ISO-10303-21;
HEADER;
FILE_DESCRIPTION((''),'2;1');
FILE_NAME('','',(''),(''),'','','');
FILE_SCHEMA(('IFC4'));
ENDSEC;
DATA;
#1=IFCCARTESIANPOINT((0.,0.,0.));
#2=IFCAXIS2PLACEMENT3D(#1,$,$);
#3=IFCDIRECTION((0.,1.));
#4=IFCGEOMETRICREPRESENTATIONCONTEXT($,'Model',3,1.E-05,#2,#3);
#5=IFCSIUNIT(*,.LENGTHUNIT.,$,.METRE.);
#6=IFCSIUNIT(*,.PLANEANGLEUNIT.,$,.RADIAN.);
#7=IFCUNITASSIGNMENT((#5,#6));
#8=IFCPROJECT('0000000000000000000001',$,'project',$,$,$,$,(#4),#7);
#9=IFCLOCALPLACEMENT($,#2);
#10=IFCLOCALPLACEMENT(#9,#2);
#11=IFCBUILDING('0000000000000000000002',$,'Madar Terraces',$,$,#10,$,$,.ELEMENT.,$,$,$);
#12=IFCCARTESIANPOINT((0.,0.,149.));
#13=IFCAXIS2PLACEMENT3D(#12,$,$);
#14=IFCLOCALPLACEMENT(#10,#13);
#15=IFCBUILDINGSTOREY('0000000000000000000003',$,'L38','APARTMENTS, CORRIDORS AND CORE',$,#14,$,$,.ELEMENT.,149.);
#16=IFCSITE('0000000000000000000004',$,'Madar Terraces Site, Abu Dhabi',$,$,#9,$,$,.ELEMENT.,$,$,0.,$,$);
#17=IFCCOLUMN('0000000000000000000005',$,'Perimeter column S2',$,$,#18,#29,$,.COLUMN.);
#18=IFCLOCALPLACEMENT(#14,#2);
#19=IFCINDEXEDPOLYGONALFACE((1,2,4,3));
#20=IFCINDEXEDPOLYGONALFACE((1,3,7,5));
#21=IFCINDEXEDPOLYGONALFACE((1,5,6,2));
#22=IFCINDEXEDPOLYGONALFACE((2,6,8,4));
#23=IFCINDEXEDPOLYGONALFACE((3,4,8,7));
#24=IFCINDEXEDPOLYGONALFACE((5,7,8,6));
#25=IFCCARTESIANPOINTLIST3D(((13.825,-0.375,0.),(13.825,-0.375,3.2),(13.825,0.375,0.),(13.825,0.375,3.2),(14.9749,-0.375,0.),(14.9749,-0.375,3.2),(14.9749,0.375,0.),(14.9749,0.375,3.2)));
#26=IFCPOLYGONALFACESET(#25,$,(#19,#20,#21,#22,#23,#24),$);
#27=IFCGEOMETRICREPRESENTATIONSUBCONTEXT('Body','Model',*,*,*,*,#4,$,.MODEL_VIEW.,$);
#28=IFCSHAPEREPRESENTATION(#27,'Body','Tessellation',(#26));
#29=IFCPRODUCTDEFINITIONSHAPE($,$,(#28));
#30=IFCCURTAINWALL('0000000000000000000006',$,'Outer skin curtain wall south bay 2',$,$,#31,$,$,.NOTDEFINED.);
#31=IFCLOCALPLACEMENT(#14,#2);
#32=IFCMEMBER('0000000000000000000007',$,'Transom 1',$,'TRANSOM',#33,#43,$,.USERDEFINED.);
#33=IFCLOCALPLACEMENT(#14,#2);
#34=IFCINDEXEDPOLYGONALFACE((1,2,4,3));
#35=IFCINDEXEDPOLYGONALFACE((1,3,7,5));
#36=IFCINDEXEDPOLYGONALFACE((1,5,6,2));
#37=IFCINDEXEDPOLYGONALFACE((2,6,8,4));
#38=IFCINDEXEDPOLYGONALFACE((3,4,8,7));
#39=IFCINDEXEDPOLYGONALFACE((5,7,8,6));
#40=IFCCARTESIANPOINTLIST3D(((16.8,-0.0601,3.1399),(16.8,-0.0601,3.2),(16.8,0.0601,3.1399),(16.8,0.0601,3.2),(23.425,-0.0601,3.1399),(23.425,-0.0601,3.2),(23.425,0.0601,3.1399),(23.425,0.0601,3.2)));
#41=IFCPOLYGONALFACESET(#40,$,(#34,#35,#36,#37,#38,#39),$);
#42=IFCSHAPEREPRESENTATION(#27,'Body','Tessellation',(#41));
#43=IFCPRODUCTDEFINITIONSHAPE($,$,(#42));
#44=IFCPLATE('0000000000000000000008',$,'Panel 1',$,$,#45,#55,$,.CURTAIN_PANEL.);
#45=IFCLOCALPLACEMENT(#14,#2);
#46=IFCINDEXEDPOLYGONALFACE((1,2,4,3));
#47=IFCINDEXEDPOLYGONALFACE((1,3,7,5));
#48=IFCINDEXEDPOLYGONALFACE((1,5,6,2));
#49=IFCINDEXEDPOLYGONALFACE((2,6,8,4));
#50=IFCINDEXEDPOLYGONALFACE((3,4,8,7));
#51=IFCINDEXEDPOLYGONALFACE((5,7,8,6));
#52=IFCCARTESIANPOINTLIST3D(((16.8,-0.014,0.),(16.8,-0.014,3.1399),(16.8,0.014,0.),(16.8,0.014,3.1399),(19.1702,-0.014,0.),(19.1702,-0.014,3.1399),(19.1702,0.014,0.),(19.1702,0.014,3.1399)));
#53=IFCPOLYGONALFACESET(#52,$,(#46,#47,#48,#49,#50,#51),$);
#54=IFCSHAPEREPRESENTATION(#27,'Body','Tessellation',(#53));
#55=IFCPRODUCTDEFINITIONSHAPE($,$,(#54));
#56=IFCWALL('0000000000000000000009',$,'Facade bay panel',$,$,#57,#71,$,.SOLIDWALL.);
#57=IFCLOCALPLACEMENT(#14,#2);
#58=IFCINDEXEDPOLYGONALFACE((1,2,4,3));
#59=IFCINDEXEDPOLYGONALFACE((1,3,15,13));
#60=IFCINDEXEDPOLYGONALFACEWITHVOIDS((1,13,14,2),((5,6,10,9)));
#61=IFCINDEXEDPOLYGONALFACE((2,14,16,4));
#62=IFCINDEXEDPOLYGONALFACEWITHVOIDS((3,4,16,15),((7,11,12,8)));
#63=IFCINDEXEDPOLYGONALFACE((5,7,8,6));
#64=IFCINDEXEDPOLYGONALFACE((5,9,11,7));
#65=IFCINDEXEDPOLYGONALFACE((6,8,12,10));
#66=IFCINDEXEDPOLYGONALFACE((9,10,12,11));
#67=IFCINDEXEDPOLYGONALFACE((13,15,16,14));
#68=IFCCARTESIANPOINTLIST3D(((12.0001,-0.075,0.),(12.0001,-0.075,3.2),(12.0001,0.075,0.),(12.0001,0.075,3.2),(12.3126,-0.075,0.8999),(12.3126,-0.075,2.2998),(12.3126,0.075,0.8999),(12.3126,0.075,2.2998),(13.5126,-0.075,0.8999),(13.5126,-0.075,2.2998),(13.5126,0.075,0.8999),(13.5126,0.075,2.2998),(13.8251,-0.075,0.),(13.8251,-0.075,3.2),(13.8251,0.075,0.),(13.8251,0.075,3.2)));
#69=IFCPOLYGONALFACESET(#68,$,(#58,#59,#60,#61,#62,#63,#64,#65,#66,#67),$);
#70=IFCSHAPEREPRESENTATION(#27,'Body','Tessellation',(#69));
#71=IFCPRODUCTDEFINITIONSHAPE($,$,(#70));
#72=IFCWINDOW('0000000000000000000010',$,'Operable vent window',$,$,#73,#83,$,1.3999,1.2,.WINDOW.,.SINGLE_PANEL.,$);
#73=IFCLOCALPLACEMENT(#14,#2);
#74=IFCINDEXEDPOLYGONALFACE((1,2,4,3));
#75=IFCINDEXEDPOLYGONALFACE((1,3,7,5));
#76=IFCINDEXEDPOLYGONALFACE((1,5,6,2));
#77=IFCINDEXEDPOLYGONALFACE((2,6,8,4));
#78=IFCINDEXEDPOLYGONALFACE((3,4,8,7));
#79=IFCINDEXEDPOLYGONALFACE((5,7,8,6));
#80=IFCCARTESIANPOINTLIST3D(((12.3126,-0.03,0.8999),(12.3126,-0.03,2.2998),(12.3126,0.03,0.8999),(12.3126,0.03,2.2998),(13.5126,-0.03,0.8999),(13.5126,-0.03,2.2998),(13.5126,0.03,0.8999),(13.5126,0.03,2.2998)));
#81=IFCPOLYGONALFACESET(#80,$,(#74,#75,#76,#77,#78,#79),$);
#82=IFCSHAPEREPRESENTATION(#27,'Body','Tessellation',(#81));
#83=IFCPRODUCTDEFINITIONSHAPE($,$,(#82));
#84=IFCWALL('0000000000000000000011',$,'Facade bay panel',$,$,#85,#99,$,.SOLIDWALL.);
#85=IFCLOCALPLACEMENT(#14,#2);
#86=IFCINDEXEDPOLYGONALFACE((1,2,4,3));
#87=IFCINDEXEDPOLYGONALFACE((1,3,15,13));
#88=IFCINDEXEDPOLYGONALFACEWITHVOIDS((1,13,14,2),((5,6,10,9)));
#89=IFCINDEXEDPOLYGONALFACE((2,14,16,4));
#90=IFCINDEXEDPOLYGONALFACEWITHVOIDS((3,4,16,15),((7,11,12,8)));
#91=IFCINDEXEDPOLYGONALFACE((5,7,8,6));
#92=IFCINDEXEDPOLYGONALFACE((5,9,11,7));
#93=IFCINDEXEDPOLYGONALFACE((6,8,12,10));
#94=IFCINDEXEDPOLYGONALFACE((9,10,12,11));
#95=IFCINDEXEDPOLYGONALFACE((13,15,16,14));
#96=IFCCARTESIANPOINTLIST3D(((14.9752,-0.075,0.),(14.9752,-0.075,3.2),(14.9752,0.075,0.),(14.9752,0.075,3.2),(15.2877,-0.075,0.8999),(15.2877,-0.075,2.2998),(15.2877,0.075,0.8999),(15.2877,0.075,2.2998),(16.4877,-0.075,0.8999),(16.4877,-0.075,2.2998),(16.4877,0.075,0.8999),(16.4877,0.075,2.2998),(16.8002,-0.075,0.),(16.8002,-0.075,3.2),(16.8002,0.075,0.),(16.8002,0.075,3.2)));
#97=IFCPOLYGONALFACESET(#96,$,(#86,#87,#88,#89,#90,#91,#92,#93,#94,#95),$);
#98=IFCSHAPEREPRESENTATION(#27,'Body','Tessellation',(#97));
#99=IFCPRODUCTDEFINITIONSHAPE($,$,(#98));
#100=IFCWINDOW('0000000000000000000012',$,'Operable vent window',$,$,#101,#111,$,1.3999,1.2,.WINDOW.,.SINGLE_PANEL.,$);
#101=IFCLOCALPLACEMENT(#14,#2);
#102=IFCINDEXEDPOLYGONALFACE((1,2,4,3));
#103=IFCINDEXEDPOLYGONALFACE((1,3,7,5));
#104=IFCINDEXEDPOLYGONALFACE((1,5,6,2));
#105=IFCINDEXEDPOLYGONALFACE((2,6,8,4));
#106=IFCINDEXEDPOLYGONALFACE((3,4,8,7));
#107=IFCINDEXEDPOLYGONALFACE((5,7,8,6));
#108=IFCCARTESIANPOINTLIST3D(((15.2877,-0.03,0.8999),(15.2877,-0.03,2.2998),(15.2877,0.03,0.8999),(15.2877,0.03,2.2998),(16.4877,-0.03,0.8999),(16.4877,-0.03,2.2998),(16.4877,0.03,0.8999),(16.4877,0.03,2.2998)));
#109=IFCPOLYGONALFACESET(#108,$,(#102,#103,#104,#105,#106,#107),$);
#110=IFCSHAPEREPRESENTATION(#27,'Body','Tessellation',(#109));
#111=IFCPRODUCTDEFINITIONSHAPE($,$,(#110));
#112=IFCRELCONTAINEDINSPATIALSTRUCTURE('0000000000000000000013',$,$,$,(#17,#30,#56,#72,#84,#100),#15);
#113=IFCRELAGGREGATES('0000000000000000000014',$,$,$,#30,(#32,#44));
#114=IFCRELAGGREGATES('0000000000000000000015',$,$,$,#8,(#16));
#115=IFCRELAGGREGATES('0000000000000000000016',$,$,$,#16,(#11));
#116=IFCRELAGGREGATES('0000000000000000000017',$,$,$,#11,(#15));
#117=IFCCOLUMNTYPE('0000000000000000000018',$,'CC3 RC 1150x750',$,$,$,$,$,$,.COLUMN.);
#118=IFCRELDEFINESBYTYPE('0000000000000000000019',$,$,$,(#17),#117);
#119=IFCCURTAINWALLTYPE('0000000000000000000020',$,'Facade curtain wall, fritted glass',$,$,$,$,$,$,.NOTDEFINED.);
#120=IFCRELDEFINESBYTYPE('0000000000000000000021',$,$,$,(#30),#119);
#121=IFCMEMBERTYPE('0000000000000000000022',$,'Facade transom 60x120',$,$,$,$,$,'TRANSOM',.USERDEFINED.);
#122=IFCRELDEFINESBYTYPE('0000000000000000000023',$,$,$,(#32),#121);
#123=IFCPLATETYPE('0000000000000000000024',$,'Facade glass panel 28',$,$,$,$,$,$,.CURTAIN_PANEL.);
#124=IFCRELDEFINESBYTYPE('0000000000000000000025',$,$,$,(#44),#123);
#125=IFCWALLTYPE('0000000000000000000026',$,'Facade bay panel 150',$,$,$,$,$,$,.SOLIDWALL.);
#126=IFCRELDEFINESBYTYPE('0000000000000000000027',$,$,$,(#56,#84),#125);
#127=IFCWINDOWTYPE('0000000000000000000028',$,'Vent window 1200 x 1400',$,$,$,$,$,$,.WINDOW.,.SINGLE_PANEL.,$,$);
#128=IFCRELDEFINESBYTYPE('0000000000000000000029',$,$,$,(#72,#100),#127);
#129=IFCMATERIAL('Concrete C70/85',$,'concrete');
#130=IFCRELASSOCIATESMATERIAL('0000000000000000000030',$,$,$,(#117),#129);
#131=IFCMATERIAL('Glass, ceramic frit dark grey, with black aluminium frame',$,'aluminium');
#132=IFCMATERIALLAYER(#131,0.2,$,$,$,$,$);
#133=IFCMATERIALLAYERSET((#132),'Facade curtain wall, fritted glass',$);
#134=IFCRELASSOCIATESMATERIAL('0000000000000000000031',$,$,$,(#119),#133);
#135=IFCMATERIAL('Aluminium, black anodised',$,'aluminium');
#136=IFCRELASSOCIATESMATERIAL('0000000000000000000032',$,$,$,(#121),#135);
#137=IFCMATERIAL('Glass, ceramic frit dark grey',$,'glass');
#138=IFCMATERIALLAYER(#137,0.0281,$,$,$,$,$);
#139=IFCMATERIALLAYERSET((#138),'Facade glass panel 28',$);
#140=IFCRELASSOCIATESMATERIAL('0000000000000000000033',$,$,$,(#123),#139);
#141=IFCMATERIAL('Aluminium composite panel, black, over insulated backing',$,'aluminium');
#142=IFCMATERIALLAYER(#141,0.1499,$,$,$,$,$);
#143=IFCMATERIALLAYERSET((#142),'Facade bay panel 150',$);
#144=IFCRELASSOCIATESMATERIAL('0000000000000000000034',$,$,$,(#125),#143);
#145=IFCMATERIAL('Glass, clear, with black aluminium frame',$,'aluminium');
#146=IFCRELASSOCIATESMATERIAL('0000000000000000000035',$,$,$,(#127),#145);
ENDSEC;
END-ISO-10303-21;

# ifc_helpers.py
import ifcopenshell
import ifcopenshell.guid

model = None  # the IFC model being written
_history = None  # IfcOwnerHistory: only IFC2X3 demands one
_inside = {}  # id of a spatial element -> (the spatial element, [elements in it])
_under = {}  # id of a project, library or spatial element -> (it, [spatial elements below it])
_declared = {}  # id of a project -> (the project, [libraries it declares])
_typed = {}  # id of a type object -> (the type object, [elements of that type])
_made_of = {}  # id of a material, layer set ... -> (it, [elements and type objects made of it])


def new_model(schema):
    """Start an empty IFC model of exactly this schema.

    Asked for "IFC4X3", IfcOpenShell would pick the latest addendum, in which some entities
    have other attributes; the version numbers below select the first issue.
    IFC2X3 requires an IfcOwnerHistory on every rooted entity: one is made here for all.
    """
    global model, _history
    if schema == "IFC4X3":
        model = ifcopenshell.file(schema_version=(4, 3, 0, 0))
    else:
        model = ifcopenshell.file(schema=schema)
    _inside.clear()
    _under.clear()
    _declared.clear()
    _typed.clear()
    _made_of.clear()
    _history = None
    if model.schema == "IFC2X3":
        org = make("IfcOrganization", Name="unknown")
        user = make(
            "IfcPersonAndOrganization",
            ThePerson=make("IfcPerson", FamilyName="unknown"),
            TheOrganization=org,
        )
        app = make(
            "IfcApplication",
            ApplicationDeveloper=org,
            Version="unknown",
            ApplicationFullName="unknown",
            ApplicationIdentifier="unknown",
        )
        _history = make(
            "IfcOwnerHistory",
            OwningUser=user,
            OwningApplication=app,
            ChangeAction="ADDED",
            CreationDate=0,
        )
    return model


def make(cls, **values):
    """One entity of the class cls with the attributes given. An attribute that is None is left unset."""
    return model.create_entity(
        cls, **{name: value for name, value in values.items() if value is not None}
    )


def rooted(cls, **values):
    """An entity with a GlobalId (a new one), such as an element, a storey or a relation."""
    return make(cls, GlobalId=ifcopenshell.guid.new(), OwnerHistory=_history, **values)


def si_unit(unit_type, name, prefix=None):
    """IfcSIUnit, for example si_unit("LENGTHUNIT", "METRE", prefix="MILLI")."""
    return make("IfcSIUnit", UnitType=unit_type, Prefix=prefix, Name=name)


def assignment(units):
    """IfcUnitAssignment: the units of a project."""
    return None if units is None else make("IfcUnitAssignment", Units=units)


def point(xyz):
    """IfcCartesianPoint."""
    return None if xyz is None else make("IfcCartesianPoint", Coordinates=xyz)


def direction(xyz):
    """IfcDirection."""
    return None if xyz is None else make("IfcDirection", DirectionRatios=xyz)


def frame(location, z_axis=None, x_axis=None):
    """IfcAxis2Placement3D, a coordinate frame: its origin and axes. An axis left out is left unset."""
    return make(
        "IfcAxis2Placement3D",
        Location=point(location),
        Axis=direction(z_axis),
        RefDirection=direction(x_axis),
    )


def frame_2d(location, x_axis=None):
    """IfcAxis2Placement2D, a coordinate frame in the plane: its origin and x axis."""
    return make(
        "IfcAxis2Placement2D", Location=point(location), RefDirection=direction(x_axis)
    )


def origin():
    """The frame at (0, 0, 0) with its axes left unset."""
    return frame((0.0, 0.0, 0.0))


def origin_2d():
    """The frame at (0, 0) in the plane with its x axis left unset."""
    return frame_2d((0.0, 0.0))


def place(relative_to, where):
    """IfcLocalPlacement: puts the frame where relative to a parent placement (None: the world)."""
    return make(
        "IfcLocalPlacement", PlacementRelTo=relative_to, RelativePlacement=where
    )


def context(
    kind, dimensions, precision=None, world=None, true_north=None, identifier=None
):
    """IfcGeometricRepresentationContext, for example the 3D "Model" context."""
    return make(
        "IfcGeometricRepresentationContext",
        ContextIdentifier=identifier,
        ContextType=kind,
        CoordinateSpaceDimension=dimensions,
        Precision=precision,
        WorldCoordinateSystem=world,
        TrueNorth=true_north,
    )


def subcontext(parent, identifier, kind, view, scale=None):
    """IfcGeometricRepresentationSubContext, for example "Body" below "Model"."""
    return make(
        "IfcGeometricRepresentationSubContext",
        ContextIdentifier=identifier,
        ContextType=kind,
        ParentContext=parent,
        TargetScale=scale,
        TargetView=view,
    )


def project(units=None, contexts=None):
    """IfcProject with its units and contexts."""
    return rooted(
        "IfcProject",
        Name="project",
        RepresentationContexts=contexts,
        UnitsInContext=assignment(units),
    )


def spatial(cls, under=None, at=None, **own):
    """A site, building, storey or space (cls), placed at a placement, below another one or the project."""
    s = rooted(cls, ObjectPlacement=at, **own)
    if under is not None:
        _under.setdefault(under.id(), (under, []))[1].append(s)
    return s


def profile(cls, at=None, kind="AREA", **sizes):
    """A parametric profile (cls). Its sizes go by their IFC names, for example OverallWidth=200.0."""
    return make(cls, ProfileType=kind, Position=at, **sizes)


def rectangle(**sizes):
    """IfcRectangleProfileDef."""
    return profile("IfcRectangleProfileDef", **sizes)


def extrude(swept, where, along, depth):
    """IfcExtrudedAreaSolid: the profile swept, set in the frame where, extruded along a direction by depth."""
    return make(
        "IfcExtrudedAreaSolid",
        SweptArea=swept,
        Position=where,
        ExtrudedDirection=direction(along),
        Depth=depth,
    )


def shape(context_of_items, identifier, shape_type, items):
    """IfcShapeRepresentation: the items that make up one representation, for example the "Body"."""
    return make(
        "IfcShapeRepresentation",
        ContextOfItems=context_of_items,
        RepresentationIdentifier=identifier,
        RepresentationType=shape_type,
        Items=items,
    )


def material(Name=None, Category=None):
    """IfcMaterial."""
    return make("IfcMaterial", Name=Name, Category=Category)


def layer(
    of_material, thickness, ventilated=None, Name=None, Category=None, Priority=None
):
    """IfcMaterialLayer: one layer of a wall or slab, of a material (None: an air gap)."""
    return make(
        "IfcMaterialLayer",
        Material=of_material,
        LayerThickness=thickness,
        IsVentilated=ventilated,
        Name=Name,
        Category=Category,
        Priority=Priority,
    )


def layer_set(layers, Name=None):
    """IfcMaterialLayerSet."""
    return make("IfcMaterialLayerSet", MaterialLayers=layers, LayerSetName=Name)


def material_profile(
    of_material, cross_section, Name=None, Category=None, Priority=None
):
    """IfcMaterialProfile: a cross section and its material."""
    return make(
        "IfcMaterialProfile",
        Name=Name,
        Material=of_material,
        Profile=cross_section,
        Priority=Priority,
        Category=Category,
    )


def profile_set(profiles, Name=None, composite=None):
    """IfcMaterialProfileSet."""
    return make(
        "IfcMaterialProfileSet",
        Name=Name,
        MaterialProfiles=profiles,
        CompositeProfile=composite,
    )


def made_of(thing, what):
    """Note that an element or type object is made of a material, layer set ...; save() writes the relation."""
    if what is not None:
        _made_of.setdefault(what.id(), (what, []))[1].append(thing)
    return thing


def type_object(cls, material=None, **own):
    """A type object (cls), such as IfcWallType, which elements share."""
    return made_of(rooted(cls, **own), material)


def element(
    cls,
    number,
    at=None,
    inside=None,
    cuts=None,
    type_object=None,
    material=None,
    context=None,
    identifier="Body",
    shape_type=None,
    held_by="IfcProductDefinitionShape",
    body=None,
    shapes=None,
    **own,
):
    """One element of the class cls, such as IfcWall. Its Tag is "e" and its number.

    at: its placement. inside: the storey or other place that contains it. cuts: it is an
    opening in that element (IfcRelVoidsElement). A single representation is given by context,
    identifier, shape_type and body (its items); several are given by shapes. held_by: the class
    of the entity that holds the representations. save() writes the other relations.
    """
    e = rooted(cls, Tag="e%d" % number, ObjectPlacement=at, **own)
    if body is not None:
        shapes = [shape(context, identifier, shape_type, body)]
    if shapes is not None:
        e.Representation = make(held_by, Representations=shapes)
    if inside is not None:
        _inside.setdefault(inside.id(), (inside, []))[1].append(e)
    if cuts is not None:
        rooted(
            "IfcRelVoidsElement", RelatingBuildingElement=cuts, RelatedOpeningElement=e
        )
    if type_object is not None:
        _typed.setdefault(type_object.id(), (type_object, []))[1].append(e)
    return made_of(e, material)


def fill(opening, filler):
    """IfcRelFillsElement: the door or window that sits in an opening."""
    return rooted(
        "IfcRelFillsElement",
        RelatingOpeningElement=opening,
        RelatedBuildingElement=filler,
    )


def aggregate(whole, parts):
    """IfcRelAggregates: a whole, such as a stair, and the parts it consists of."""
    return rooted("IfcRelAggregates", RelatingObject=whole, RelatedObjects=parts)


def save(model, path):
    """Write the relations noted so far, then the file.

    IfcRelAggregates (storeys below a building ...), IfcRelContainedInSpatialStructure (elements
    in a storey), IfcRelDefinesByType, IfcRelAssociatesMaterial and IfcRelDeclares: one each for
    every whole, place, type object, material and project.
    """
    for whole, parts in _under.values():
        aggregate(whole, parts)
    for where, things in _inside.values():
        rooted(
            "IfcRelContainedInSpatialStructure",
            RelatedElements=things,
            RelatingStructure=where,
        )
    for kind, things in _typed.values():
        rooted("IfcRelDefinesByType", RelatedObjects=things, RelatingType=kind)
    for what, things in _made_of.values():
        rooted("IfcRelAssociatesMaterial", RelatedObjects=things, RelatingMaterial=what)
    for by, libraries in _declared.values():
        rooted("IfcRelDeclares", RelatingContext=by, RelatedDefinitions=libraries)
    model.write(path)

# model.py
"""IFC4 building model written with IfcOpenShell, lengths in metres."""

from ifc_helpers import new_model, si_unit, direction, frame, frame_2d, origin, origin_2d, place, context, subcontext, project, spatial, rectangle, extrude, material, layer, layer_set, material_profile, profile_set, type_object, element, fill, aggregate, save


model = new_model("IFC4")

# Units and contexts
model_context = context("Model", 3, precision=1e-05, world=origin(), true_north=direction((0.0, 1.0)))
body_context = subcontext(model_context, "Body", "Model", "MODEL_VIEW")
ifc_project = project(units=[si_unit("LENGTHUNIT", "METRE"), si_unit("PLANEANGLEUNIT", "RADIAN")], contexts=[model_context])

# Site, building, storey
site_placement = place(None, origin())
site = spatial("IfcSite", under=ifc_project, at=site_placement, Name="Madar Terraces Site, Abu Dhabi", CompositionType="ELEMENT", RefElevation=0.0)
building_placement = place(site_placement, origin())
building = spatial("IfcBuilding", under=site, at=building_placement, Name="Madar Terraces", CompositionType="ELEMENT")
storey_placement = place(building_placement, frame((0.0, 0.0, 149.0)))
storey = spatial("IfcBuildingStorey", under=building, at=storey_placement, Name="L38", Description="APARTMENTS, CORRIDORS AND CORE", CompositionType="ELEMENT", Elevation=149.0)

# Column
ifc_material_1 = material(Name="Concrete C70/85", Category="concrete")
ifc_material_profile_1 = material_profile(ifc_material_1, rectangle(XDim=1.1499, YDim=0.75, at=origin_2d()), Name="CC3 RC 1150x750")
ifc_profile_set_1 = profile_set([ifc_material_profile_1], Name="Concrete C70/85")
column_type = type_object("IfcColumnType", Name="CC3 RC 1150x750", PredefinedType="COLUMN", material=ifc_profile_set_1)
column_placement = place(storey_placement, frame((14.3999, 0.0, 0.0), z_axis=(0.0, 0.0, 1.0), x_axis=(1.0, 0.0, 0.0)))
element("IfcColumn", 1, at=column_placement, inside=storey, type_object=column_type, Name="Perimeter column S2", PredefinedType="COLUMN", context=body_context, shape_type="SweptSolid", body=[
    extrude(rectangle(XDim=1.1499, YDim=0.75, at=origin_2d()), origin(), (0.0, 0.0, 1.0), 3.2),
])

# Curtain wall, member, plate
ifc_material_2 = material(Name="Glass, ceramic frit dark grey, with black aluminium frame", Category="aluminium")
ifc_layer_1 = layer(ifc_material_2, 0.2)
ifc_layer_set_1 = layer_set([ifc_layer_1], Name="Facade curtain wall, fritted glass")
curtain_wall_type = type_object("IfcCurtainWallType", Name="Facade curtain wall, fritted glass", PredefinedType="NOTDEFINED", material=ifc_layer_set_1)
curtain_wall_placement = place(storey_placement, origin())
curtain_wall = element("IfcCurtainWall", 2, at=curtain_wall_placement, inside=storey, type_object=curtain_wall_type, Name="Outer skin curtain wall south bay 2", PredefinedType="NOTDEFINED")
ifc_material_3 = material(Name="Aluminium, black anodised", Category="aluminium")
ifc_material_profile_2 = material_profile(ifc_material_3, rectangle(XDim=0.1201, YDim=0.0601, at=origin_2d()), Name="Facade transom 60x120")
ifc_profile_set_2 = profile_set([ifc_material_profile_2], Name="Aluminium, black anodised")
member_type = type_object("IfcMemberType", Name="Facade transom 60x120", ElementType="TRANSOM", PredefinedType="USERDEFINED", material=ifc_profile_set_2)
member_placement = place(storey_placement, frame((16.8, 0.0, 3.1699), z_axis=(1.0, 0.0, 0.0), x_axis=(0.0, 1.0, 0.0)))
member = element("IfcMember", 3, at=member_placement, type_object=member_type, Name="Transom 1", ObjectType="TRANSOM", PredefinedType="USERDEFINED", context=body_context, shape_type="SweptSolid", body=[
    extrude(rectangle(XDim=0.1201, YDim=0.0601, at=origin_2d()), origin(), (0.0, 0.0, 1.0), 6.625),
])
ifc_material_4 = material(Name="Glass, ceramic frit dark grey", Category="glass")
ifc_layer_2 = layer(ifc_material_4, 0.0281)
ifc_layer_set_2 = layer_set([ifc_layer_2], Name="Facade glass panel 28")
plate_type = type_object("IfcPlateType", Name="Facade glass panel 28", PredefinedType="CURTAIN_PANEL", material=ifc_layer_set_2)
plate_placement = place(storey_placement, frame((17.9851, 0.0, 0.0), z_axis=(0.0, 0.0, 1.0), x_axis=(1.0, 0.0, 0.0)))
plate = element("IfcPlate", 4, at=plate_placement, type_object=plate_type, Name="Panel 1", PredefinedType="CURTAIN_PANEL", context=body_context, shape_type="SweptSolid", body=[
    extrude(rectangle(XDim=2.3701, YDim=0.0281, at=origin_2d()), origin(), (0.0, 0.0, 1.0), 3.1399),
])
aggregate(curtain_wall, [member, plate])

# Walls, openings, windows
ifc_material_5 = material(Name="Aluminium composite panel, black, over insulated backing", Category="aluminium")
ifc_layer_3 = layer(ifc_material_5, 0.1499)
ifc_layer_set_3 = layer_set([ifc_layer_3], Name="Facade bay panel 150")
wall_type_1 = type_object("IfcWallType", Name="Facade bay panel 150", PredefinedType="SOLIDWALL", material=ifc_layer_set_3)
wall_1_placement = place(storey_placement, frame((12.0, 0.0, 0.0), z_axis=(0.0, 0.0, 1.0), x_axis=(1.0, 0.0, 0.0)))
wall_1 = element("IfcWall", 5, at=wall_1_placement, inside=storey, type_object=wall_type_1, Name="Facade bay panel", PredefinedType="SOLIDWALL", context=body_context, shape_type="SweptSolid", body=[
    extrude(rectangle(XDim=1.825, YDim=0.1499, at=frame_2d((0.9126, 0.0))), origin(), (0.0, 0.0, 1.0), 3.2),
])
opening_1_placement = place(wall_1_placement, frame((0.3125, 0.0, 0.8999)))
opening_1 = element("IfcOpeningElement", 6, at=opening_1_placement, cuts=wall_1, PredefinedType="OPENING", context=body_context, shape_type="SweptSolid", body=[
    extrude(rectangle(XDim=1.2, YDim=1.3999, at=frame_2d((0.6001, 0.7))), frame((0.0, 0.085, 0.0), z_axis=(0.0, -1.0, 0.0), x_axis=(1.0, 0.0, 0.0)), (0.0, 0.0, 1.0), 0.1699),
])
ifc_material_6 = material(Name="Glass, clear, with black aluminium frame", Category="aluminium")
window_type = type_object("IfcWindowType", Name="Vent window 1200 x 1400", PartitioningType="SINGLE_PANEL", PredefinedType="WINDOW", material=ifc_material_6)
window_1_placement = place(opening_1_placement, origin())
window_1 = element("IfcWindow", 7, at=window_1_placement, inside=storey, type_object=window_type, Name="Operable vent window", OverallHeight=1.3999, OverallWidth=1.2, PartitioningType="SINGLE_PANEL", PredefinedType="WINDOW", context=body_context, shape_type="SweptSolid", body=[
    extrude(rectangle(XDim=1.2, YDim=1.3999, at=frame_2d((0.6001, 0.7))), frame((0.0, 0.03, 0.0), z_axis=(0.0, -1.0, 0.0), x_axis=(1.0, 0.0, 0.0)), (0.0, 0.0, 1.0), 0.0601),
])
fill(opening_1, window_1)
wall_2_placement = place(storey_placement, frame((14.9751, 0.0, 0.0), z_axis=(0.0, 0.0, 1.0), x_axis=(1.0, 0.0, 0.0)))
wall_2 = element("IfcWall", 8, at=wall_2_placement, inside=storey, type_object=wall_type_1, Name="Facade bay panel", PredefinedType="SOLIDWALL", context=body_context, shape_type="SweptSolid", body=[
    extrude(rectangle(XDim=1.825, YDim=0.1499, at=frame_2d((0.9126, 0.0))), origin(), (0.0, 0.0, 1.0), 3.2),
])
opening_2_placement = place(wall_2_placement, frame((0.3125, 0.0, 0.8999)))
opening_2 = element("IfcOpeningElement", 9, at=opening_2_placement, cuts=wall_2, PredefinedType="OPENING", context=body_context, shape_type="SweptSolid", body=[
    extrude(rectangle(XDim=1.2, YDim=1.3999, at=frame_2d((0.6001, 0.7))), frame((0.0, 0.085, 0.0), z_axis=(0.0, -1.0, 0.0), x_axis=(1.0, 0.0, 0.0)), (0.0, 0.0, 1.0), 0.1699),
])
window_2_placement = place(opening_2_placement, origin())
window_2 = element("IfcWindow", 10, at=window_2_placement, inside=storey, type_object=window_type, Name="Operable vent window", OverallHeight=1.3999, OverallWidth=1.2, PartitioningType="SINGLE_PANEL", PredefinedType="WINDOW", context=body_context, shape_type="SweptSolid", body=[
    extrude(rectangle(XDim=1.2, YDim=1.3999, at=frame_2d((0.6001, 0.7))), frame((0.0, 0.03, 0.0), z_axis=(0.0, -1.0, 0.0), x_axis=(1.0, 0.0, 0.0)), (0.0, 0.0, 1.0), 0.0601),
])
fill(opening_2, window_2)

save(model, "model.ifc")
